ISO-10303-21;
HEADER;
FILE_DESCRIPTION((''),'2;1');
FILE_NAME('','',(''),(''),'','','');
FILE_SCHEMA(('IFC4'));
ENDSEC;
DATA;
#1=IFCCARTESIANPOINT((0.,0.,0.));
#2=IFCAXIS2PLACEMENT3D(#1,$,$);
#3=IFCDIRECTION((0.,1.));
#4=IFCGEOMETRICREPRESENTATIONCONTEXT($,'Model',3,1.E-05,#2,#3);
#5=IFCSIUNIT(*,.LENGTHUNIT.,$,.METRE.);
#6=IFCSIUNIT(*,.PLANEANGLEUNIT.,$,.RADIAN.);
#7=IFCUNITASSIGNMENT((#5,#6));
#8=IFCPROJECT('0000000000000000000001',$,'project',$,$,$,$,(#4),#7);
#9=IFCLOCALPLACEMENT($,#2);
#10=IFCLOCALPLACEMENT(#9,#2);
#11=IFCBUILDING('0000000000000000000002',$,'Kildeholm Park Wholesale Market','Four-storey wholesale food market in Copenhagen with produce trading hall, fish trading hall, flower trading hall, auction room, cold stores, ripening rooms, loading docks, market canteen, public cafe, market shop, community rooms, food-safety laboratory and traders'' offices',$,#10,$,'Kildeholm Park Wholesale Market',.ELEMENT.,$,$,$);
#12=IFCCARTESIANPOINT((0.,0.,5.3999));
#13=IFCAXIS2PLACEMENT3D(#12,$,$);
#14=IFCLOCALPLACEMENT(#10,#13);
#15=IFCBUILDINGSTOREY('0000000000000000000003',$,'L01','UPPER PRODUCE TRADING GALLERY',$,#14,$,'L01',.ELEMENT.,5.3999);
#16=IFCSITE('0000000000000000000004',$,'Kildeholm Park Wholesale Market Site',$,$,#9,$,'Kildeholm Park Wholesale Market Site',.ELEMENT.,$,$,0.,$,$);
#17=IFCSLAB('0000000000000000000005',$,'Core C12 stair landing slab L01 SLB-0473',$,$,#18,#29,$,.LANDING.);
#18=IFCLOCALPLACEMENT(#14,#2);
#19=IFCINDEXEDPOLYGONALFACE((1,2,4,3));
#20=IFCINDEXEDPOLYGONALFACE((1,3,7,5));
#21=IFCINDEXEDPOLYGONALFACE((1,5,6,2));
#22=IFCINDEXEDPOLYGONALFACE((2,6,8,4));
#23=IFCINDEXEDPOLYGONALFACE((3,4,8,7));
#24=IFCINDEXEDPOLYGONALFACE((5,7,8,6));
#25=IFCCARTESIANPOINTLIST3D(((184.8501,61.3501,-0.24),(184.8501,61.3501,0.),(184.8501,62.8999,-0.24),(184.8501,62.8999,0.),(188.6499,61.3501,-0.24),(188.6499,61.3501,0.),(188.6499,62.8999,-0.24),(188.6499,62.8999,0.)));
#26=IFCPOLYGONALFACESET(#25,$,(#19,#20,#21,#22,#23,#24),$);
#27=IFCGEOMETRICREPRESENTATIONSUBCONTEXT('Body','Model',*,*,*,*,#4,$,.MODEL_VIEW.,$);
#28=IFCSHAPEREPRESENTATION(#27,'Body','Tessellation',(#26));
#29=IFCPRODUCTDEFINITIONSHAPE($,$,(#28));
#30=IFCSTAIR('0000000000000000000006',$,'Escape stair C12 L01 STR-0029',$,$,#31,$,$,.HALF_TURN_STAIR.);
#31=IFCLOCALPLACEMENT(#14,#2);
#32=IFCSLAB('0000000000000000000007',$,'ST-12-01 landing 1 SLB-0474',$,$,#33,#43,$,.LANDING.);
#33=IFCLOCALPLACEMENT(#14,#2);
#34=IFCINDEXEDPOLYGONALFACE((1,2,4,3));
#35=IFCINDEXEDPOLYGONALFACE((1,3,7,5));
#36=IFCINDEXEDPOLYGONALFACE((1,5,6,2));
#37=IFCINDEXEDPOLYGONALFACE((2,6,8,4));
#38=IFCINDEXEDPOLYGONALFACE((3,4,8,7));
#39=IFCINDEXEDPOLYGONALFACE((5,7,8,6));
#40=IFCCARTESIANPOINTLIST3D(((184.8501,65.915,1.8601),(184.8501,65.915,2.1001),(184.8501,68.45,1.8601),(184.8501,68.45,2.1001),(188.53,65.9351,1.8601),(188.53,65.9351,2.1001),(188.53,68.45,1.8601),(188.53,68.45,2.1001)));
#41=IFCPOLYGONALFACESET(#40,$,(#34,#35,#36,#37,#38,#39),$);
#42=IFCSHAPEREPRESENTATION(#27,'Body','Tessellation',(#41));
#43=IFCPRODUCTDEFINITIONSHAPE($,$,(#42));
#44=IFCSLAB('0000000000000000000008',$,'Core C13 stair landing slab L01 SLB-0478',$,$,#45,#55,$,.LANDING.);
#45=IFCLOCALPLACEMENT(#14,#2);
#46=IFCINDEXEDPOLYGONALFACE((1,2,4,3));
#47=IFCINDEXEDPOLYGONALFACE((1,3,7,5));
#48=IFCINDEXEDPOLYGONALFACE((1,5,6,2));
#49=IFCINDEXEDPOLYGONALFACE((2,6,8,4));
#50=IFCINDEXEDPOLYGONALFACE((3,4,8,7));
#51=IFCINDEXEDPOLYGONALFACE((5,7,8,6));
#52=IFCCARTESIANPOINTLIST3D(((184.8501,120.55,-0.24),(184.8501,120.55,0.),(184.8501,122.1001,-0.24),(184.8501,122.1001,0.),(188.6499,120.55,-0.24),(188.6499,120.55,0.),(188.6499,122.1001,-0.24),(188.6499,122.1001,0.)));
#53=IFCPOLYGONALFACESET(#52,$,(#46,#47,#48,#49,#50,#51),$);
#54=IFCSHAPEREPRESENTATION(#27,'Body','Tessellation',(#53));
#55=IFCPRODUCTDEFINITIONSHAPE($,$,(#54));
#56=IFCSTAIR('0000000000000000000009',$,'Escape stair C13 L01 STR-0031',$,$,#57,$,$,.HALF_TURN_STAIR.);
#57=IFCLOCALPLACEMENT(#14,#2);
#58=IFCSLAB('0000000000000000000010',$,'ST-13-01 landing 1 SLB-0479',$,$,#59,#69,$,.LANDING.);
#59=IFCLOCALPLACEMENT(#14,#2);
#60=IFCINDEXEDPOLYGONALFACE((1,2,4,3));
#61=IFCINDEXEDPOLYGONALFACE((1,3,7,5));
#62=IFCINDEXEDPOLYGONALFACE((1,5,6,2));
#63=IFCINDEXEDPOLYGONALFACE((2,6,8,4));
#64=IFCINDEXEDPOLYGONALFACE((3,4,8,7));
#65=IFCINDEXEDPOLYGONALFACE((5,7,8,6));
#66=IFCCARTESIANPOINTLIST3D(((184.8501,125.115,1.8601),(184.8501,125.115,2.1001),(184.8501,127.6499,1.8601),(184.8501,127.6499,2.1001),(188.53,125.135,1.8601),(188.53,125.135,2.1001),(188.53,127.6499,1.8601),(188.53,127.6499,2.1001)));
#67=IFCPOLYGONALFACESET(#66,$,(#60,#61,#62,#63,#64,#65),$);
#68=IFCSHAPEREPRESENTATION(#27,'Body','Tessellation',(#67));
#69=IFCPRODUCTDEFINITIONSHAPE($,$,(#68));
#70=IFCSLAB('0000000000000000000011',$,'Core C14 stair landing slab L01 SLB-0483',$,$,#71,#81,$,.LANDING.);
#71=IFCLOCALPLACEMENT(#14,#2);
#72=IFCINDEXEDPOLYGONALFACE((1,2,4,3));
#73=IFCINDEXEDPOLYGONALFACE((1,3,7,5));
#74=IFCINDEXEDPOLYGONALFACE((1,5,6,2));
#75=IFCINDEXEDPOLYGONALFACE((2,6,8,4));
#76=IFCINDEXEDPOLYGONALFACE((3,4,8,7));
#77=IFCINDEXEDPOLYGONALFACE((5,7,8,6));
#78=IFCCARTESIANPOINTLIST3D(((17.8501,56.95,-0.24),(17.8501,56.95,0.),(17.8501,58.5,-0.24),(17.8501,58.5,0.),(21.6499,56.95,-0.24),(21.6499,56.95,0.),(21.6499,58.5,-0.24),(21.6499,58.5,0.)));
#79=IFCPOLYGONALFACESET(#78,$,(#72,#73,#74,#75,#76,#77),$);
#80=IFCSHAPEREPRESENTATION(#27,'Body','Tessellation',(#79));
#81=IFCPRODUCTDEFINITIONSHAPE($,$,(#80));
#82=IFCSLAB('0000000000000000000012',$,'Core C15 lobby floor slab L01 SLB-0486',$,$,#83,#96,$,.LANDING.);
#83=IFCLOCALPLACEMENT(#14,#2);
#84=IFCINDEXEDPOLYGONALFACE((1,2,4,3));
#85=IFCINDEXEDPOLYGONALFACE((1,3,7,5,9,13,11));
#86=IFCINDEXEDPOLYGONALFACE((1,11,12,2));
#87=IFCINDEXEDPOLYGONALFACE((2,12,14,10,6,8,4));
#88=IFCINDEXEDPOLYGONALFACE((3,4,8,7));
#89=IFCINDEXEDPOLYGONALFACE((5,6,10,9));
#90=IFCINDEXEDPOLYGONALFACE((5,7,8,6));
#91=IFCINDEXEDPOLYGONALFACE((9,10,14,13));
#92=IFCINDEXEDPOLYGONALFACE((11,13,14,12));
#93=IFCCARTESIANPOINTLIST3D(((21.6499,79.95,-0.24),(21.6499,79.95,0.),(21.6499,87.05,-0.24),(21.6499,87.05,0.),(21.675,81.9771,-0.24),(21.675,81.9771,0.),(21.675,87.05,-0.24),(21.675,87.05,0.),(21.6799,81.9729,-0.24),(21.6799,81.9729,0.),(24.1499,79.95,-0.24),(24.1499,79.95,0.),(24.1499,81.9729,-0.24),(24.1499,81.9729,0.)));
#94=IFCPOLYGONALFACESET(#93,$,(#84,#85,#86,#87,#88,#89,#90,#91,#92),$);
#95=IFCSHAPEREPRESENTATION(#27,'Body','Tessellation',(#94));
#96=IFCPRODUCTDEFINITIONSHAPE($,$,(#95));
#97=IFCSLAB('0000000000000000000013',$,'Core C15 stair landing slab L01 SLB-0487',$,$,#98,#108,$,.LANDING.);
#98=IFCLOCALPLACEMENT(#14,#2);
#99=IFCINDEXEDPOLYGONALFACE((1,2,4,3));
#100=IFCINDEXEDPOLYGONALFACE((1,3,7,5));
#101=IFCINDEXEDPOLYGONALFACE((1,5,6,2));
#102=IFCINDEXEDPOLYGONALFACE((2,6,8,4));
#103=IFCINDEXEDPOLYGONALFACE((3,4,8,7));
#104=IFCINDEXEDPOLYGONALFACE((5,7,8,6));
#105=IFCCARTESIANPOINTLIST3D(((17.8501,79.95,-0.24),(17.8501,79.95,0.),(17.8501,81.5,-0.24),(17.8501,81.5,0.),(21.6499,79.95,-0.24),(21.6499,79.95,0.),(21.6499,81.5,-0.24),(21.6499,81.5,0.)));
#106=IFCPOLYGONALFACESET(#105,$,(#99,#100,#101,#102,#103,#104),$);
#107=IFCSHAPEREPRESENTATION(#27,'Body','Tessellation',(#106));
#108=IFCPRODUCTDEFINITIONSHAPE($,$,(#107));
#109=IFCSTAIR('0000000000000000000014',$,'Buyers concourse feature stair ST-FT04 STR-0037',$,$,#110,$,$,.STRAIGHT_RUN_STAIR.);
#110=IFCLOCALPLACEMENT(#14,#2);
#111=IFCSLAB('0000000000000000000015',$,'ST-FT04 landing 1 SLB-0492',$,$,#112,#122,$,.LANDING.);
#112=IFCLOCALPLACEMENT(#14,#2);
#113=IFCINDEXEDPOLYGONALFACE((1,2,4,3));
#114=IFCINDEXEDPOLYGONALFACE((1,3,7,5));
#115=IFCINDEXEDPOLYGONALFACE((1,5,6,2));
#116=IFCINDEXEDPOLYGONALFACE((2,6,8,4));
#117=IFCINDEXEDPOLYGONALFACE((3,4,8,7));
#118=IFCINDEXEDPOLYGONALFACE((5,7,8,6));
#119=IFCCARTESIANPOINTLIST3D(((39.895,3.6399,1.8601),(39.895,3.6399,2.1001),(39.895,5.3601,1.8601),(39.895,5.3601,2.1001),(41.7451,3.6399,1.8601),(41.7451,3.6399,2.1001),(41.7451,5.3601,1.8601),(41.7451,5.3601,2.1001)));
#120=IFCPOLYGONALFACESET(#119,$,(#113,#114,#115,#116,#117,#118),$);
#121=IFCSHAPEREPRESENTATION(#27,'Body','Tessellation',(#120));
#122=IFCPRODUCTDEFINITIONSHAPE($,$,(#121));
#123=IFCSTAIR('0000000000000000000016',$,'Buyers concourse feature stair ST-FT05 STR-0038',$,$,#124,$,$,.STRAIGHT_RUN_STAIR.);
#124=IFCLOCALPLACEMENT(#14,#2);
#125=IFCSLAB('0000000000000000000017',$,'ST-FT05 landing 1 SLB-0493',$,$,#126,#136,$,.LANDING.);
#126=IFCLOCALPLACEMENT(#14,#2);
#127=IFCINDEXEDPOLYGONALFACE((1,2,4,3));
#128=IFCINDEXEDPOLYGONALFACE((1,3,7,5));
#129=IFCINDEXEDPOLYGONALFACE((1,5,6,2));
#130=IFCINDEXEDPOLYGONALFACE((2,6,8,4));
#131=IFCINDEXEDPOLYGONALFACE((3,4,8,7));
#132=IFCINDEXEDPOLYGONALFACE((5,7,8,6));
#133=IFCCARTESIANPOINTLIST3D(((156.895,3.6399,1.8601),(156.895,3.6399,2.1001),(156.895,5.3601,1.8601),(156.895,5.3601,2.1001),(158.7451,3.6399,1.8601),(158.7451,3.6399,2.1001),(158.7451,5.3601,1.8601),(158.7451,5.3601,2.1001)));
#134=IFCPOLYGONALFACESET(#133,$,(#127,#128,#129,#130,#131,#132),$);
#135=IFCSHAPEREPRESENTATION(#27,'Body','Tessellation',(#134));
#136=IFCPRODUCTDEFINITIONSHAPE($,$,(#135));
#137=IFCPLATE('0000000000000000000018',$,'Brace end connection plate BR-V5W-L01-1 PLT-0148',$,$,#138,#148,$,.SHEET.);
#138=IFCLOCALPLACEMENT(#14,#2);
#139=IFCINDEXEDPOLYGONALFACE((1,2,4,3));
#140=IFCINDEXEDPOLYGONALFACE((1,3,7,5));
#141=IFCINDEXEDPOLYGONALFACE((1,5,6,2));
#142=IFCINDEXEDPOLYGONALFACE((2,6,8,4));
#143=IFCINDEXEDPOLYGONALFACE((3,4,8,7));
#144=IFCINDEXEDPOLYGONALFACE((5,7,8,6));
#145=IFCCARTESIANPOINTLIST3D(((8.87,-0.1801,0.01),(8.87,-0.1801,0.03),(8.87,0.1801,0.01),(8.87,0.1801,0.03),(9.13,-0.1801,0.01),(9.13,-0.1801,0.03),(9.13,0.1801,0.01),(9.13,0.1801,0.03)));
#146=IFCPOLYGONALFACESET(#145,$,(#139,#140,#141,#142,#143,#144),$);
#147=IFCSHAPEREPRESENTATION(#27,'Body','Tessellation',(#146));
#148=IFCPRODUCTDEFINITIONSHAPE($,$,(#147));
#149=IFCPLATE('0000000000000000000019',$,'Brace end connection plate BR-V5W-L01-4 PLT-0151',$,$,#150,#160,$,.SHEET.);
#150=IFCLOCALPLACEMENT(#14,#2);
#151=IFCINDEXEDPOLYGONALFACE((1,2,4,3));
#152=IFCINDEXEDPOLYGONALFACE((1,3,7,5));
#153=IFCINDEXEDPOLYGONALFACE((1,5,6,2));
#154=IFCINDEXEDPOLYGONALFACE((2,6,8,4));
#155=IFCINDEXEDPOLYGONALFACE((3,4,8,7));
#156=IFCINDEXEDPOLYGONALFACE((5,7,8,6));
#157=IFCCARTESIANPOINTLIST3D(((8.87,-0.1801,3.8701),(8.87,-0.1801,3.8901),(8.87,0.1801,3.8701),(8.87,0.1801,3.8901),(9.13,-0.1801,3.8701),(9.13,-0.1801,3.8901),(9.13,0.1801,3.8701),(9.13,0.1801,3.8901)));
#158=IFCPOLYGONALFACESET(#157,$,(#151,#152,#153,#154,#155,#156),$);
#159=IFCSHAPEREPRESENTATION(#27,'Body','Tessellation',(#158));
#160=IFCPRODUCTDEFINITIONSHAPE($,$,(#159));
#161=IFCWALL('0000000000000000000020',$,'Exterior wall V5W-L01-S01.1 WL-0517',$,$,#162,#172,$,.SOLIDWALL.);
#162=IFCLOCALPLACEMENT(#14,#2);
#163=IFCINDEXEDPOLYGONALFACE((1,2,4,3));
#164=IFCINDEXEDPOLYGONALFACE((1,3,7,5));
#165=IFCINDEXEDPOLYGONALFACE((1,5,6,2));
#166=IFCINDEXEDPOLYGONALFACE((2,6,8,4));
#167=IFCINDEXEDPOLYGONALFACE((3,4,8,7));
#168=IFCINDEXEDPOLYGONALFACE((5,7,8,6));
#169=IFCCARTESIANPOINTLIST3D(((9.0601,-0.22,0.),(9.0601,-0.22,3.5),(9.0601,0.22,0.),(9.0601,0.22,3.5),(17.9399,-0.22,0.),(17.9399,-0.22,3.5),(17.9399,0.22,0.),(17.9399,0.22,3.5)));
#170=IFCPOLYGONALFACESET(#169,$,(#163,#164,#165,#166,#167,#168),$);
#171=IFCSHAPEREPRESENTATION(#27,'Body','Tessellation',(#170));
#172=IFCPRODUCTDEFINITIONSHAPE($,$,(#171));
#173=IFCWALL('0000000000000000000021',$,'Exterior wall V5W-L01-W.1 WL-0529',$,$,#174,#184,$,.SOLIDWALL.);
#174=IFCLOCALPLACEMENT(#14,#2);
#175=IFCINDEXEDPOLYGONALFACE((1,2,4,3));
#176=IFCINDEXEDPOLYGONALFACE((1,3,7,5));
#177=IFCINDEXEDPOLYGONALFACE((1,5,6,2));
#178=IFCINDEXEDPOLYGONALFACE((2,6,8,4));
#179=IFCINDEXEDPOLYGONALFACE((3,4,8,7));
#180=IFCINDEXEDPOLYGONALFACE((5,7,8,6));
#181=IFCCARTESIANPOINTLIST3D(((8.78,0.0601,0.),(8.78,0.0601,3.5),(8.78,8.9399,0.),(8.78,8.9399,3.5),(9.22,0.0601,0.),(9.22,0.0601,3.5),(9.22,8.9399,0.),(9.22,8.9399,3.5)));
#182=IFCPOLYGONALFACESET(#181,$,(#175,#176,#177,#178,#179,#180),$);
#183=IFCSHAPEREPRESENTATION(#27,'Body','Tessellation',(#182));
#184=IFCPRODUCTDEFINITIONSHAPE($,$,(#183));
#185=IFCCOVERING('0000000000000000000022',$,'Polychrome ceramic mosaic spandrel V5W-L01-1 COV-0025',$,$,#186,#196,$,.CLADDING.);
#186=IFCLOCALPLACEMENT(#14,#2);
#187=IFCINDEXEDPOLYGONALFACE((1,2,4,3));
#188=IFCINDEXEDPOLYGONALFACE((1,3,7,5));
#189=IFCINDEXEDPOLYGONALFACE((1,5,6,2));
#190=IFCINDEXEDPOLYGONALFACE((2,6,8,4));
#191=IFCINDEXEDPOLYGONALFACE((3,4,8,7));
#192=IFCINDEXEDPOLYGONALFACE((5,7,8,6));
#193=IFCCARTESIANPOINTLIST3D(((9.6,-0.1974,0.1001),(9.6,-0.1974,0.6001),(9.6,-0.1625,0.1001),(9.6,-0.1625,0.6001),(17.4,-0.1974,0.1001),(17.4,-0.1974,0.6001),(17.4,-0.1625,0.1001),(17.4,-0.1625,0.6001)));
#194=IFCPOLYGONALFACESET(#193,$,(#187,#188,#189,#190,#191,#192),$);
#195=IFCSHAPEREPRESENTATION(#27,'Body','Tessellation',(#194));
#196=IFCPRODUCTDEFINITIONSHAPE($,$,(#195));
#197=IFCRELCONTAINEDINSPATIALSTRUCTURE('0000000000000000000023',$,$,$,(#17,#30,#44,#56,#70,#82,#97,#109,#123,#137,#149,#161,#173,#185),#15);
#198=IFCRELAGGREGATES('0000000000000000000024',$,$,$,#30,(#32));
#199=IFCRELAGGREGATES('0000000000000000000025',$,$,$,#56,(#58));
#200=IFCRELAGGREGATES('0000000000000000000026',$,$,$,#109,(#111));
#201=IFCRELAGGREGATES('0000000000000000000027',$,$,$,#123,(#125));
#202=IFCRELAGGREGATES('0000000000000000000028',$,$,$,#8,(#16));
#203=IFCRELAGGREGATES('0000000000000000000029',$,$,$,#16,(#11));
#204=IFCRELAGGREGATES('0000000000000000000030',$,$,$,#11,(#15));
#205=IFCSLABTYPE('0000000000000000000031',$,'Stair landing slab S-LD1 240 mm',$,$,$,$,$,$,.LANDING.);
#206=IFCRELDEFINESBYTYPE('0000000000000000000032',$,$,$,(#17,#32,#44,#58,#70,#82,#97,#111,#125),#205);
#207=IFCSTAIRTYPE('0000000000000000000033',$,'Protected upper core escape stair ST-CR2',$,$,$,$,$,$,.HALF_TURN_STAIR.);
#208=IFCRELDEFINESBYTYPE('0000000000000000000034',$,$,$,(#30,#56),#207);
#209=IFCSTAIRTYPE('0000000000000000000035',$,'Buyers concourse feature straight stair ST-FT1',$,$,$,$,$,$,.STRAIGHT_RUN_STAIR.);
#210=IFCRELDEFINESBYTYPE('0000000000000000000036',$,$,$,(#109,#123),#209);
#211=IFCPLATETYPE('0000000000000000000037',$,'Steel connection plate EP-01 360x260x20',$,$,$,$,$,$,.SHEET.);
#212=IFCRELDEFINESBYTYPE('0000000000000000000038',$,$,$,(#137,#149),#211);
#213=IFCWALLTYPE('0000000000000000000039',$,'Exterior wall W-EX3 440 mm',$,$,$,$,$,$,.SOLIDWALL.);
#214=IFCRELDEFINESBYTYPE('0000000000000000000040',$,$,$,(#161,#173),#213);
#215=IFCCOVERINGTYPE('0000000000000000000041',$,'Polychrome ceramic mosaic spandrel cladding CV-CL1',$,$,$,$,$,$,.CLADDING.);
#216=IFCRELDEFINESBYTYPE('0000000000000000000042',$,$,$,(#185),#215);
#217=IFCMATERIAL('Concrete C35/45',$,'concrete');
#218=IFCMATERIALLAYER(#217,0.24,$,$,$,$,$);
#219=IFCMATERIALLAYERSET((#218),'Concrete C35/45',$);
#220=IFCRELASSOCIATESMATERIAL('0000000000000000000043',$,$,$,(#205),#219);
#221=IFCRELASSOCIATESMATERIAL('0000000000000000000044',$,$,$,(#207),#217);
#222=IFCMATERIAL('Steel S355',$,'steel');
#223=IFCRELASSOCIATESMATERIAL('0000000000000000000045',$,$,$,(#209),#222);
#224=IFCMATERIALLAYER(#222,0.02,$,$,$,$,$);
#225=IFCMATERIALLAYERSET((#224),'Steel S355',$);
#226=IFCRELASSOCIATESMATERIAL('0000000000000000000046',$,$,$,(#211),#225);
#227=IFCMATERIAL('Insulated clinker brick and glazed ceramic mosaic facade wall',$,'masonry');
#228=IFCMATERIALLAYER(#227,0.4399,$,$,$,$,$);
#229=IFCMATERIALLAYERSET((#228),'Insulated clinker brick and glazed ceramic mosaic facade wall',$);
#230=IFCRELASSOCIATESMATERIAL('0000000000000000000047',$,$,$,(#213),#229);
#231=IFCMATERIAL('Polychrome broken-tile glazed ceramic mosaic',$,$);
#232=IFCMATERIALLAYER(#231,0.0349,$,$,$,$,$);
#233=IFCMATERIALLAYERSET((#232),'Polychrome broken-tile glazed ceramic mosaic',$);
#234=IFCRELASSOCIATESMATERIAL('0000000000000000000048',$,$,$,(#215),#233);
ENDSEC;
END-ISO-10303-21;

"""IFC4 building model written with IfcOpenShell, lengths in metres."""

from ifc_helpers import new_model, si_unit, direction, frame, frame_2d, origin, origin_2d, place, context, subcontext, project, spatial, polyline, rectangle, outline, extrude, material, layer, layer_set, type_object, element, aggregate, save


model = new_model("IFC4")

# Units and contexts
model_context = context("Model", 3, precision=1e-05, world=origin(), true_north=direction((0.0, 1.0)))
body_context = subcontext(model_context, "Body", "Model", "MODEL_VIEW")
ifc_project = project(units=[si_unit("LENGTHUNIT", "METRE"), si_unit("PLANEANGLEUNIT", "RADIAN")], contexts=[model_context])

# Site, building, storey
site_placement = place(None, origin())
site = spatial("IfcSite", under=ifc_project, at=site_placement, Name="Kildeholm Park Wholesale Market Site", LongName="Kildeholm Park Wholesale Market Site", CompositionType="ELEMENT", RefElevation=0.0)
building_placement = place(site_placement, origin())
building = spatial("IfcBuilding", under=site, at=building_placement, Name="Kildeholm Park Wholesale Market", Description="Four-storey wholesale food market in Copenhagen with produce trading hall, fish trading hall, flower trading hall, auction room, cold stores, ripening rooms, loading docks, market canteen, public cafe, market shop, community rooms, food-safety laboratory and traders' offices", LongName="Kildeholm Park Wholesale Market", CompositionType="ELEMENT")
storey_placement = place(building_placement, frame((0.0, 0.0, 5.3999)))
storey = spatial("IfcBuildingStorey", under=building, at=storey_placement, Name="L01", Description="UPPER PRODUCE TRADING GALLERY", LongName="L01", CompositionType="ELEMENT", Elevation=5.3999)

# Shared definitions
ifc_material_1 = material(Name="Steel S355", Category="steel")

# Slab
ifc_material_2 = material(Name="Concrete C35/45", Category="concrete")
ifc_layer_1 = layer(ifc_material_2, 0.24)
ifc_layer_set_1 = layer_set([ifc_layer_1], Name="Concrete C35/45")
slab_type = type_object("IfcSlabType", Name="Stair landing slab S-LD1 240 mm", PredefinedType="LANDING", material=ifc_layer_set_1)
slab_1_placement = place(storey_placement, frame((0.0, 0.0, -0.24)))
element("IfcSlab", 1, at=slab_1_placement, inside=storey, type_object=slab_type, Name="Core C12 stair landing slab L01 SLB-0473", PredefinedType="LANDING", context=body_context, shape_type="SweptSolid", body=[
    extrude(outline(polyline([(184.8501, 61.3501), (188.6499, 61.3501), (188.6499, 62.8999), (184.8501, 62.8999), (184.8501, 61.3501)])), origin(), (0.0, 0.0, 1.0), 0.24),
])

# Stair, slab
stair_type_1 = type_object("IfcStairType", Name="Protected upper core escape stair ST-CR2", PredefinedType="HALF_TURN_STAIR", material=ifc_material_2)
stair_1_placement = place(storey_placement, origin())
stair_1 = element("IfcStair", 2, at=stair_1_placement, inside=storey, type_object=stair_type_1, Name="Escape stair C12 L01 STR-0029", PredefinedType="HALF_TURN_STAIR")
slab_2_placement = place(storey_placement, frame((0.0, 0.0, 1.8601)))
slab_2 = element("IfcSlab", 3, at=slab_2_placement, type_object=slab_type, Name="ST-12-01 landing 1 SLB-0474", PredefinedType="LANDING", context=body_context, shape_type="SweptSolid", body=[
    extrude(outline(polyline([(184.8501, 65.915), (188.53, 65.9351), (188.53, 68.45), (184.8501, 68.45), (184.8501, 65.915)])), origin(), (0.0, 0.0, 1.0), 0.24),
])
aggregate(stair_1, [slab_2])

# Slab
slab_3_placement = place(storey_placement, frame((0.0, 0.0, -0.24)))
element("IfcSlab", 4, at=slab_3_placement, inside=storey, type_object=slab_type, Name="Core C13 stair landing slab L01 SLB-0478", PredefinedType="LANDING", context=body_context, shape_type="SweptSolid", body=[
    extrude(outline(polyline([(184.8501, 120.55), (188.6499, 120.55), (188.6499, 122.1001), (184.8501, 122.1001), (184.8501, 120.55)])), origin(), (0.0, 0.0, 1.0), 0.24),
])

# Stair, slab
stair_2_placement = place(storey_placement, origin())
stair_2 = element("IfcStair", 5, at=stair_2_placement, inside=storey, type_object=stair_type_1, Name="Escape stair C13 L01 STR-0031", PredefinedType="HALF_TURN_STAIR")
slab_4_placement = place(storey_placement, frame((0.0, 0.0, 1.8601)))
slab_4 = element("IfcSlab", 6, at=slab_4_placement, type_object=slab_type, Name="ST-13-01 landing 1 SLB-0479", PredefinedType="LANDING", context=body_context, shape_type="SweptSolid", body=[
    extrude(outline(polyline([(184.8501, 125.115), (188.53, 125.135), (188.53, 127.6499), (184.8501, 127.6499), (184.8501, 125.115)])), origin(), (0.0, 0.0, 1.0), 0.24),
])
aggregate(stair_2, [slab_4])

# Slabs
slab_5_placement = place(storey_placement, frame((0.0, 0.0, -0.24)))
element("IfcSlab", 7, at=slab_5_placement, inside=storey, type_object=slab_type, Name="Core C14 stair landing slab L01 SLB-0483", PredefinedType="LANDING", context=body_context, shape_type="SweptSolid", body=[
    extrude(outline(polyline([(17.8501, 56.95), (21.6499, 56.95), (21.6499, 58.5), (17.8501, 58.5), (17.8501, 56.95)])), origin(), (0.0, 0.0, 1.0), 0.24),
])
slab_6_placement = place(storey_placement, frame((0.0, 0.0, -0.24)))
element("IfcSlab", 8, at=slab_6_placement, inside=storey, type_object=slab_type, Name="Core C15 lobby floor slab L01 SLB-0486", PredefinedType="LANDING", context=body_context, shape_type="SweptSolid", body=[
    extrude(outline(polyline([(24.1499, 79.95), (21.6499, 79.95), (21.6499, 87.05), (21.675, 87.05), (21.675, 81.9771), (21.6799, 81.9729), (24.1499, 81.9729), (24.1499, 79.95)])), origin(), (0.0, 0.0, 1.0), 0.24),
])
slab_7_placement = place(storey_placement, frame((0.0, 0.0, -0.24)))
element("IfcSlab", 9, at=slab_7_placement, inside=storey, type_object=slab_type, Name="Core C15 stair landing slab L01 SLB-0487", PredefinedType="LANDING", context=body_context, shape_type="SweptSolid", body=[
    extrude(outline(polyline([(17.8501, 79.95), (21.6499, 79.95), (21.6499, 81.5), (17.8501, 81.5), (17.8501, 79.95)])), origin(), (0.0, 0.0, 1.0), 0.24),
])

# Stairs, slabs
stair_type_2 = type_object("IfcStairType", Name="Buyers concourse feature straight stair ST-FT1", PredefinedType="STRAIGHT_RUN_STAIR", material=ifc_material_1)
stair_3_placement = place(storey_placement, origin())
stair_3 = element("IfcStair", 10, at=stair_3_placement, inside=storey, type_object=stair_type_2, Name="Buyers concourse feature stair ST-FT04 STR-0037", PredefinedType="STRAIGHT_RUN_STAIR")
slab_8_placement = place(storey_placement, frame((0.0, 0.0, 1.8601)))
slab_8 = element("IfcSlab", 11, at=slab_8_placement, type_object=slab_type, Name="ST-FT04 landing 1 SLB-0492", PredefinedType="LANDING", context=body_context, shape_type="SweptSolid", body=[
    extrude(outline(polyline([(39.895, 3.6399), (41.7451, 3.6399), (41.7451, 5.3601), (39.895, 5.3601), (39.895, 3.6399)])), origin(), (0.0, 0.0, 1.0), 0.24),
])
aggregate(stair_3, [slab_8])
stair_4_placement = place(storey_placement, origin())
stair_4 = element("IfcStair", 12, at=stair_4_placement, inside=storey, type_object=stair_type_2, Name="Buyers concourse feature stair ST-FT05 STR-0038", PredefinedType="STRAIGHT_RUN_STAIR")
slab_9_placement = place(storey_placement, frame((0.0, 0.0, 1.8601)))
slab_9 = element("IfcSlab", 13, at=slab_9_placement, type_object=slab_type, Name="ST-FT05 landing 1 SLB-0493", PredefinedType="LANDING", context=body_context, shape_type="SweptSolid", body=[
    extrude(outline(polyline([(156.895, 3.6399), (158.7451, 3.6399), (158.7451, 5.3601), (156.895, 5.3601), (156.895, 3.6399)])), origin(), (0.0, 0.0, 1.0), 0.24),
])
aggregate(stair_4, [slab_9])

# Plates
ifc_layer_2 = layer(ifc_material_1, 0.02)
ifc_layer_set_2 = layer_set([ifc_layer_2], Name="Steel S355")
plate_type_1 = type_object("IfcPlateType", Name="Steel connection plate EP-01 360x260x20", PredefinedType="SHEET", material=ifc_layer_set_2)
for number, where, z_axis, x_axis, name in (
    (14, (9.0, 0.0, 0.01), (0.0, 0.0, 1.0), (0.0, 1.0, 0.0), "Brace end connection plate BR-V5W-L01-1 PLT-0148"),
    (15, (9.0, 0.0, 3.8701), (0.0, 0.0, 1.0), (0.0, 1.0, 0.0), "Brace end connection plate BR-V5W-L01-4 PLT-0151"),
):
    element("IfcPlate", number, at=place(storey_placement, frame(where, z_axis=z_axis, x_axis=x_axis)), inside=storey, type_object=plate_type_1, Name=name, PredefinedType="SHEET", context=body_context, shape_type="SweptSolid", body=[
        extrude(rectangle(XDim=0.3601, YDim=0.26, at=origin_2d()), origin(), (0.0, 0.0, 1.0), 0.02),
    ])

# Walls
ifc_material_3 = material(Name="Insulated clinker brick and glazed ceramic mosaic facade wall", Category="masonry")
ifc_layer_3 = layer(ifc_material_3, 0.4399)
ifc_layer_set_3 = layer_set([ifc_layer_3], Name="Insulated clinker brick and glazed ceramic mosaic facade wall")
wall_type = type_object("IfcWallType", Name="Exterior wall W-EX3 440 mm", PredefinedType="SOLIDWALL", material=ifc_layer_set_3)
for number, where, z_axis, x_axis, name in (
    (16, (9.0601, 0.0, 0.0), (0.0, 0.0, 1.0), (1.0, 0.0, 0.0), "Exterior wall V5W-L01-S01.1 WL-0517"),
    (17, (9.0, 0.0601, 0.0), (0.0, 0.0, 1.0), (0.0, 1.0, 0.0), "Exterior wall V5W-L01-W.1 WL-0529"),
):
    element("IfcWall", number, at=place(storey_placement, frame(where, z_axis=z_axis, x_axis=x_axis)), inside=storey, type_object=wall_type, Name=name, PredefinedType="SOLIDWALL", context=body_context, shape_type="SweptSolid", body=[
        extrude(rectangle(XDim=8.8799, YDim=0.4399, at=frame_2d((4.4399, 0.0))), origin(), (0.0, 0.0, 1.0), 3.5),
    ])

# Covering
ifc_material_4 = material(Name="Polychrome broken-tile glazed ceramic mosaic")
ifc_layer_4 = layer(ifc_material_4, 0.0349)
ifc_layer_set_4 = layer_set([ifc_layer_4], Name="Polychrome broken-tile glazed ceramic mosaic")
covering_type = type_object("IfcCoveringType", Name="Polychrome ceramic mosaic spandrel cladding CV-CL1", PredefinedType="CLADDING", material=ifc_layer_set_4)
covering_placement = place(storey_placement, frame((13.5, -0.1799, 0.1001), z_axis=(0.0, 0.0, 1.0), x_axis=(1.0, 0.0, 0.0)))
element("IfcCovering", 18, at=covering_placement, inside=storey, type_object=covering_type, Name="Polychrome ceramic mosaic spandrel V5W-L01-1 COV-0025", PredefinedType="CLADDING", context=body_context, shape_type="SweptSolid", body=[
    extrude(rectangle(XDim=7.8, YDim=0.0349, at=origin_2d()), origin(), (0.0, 0.0, 1.0), 0.5),
])

save(model, "model.ifc")
